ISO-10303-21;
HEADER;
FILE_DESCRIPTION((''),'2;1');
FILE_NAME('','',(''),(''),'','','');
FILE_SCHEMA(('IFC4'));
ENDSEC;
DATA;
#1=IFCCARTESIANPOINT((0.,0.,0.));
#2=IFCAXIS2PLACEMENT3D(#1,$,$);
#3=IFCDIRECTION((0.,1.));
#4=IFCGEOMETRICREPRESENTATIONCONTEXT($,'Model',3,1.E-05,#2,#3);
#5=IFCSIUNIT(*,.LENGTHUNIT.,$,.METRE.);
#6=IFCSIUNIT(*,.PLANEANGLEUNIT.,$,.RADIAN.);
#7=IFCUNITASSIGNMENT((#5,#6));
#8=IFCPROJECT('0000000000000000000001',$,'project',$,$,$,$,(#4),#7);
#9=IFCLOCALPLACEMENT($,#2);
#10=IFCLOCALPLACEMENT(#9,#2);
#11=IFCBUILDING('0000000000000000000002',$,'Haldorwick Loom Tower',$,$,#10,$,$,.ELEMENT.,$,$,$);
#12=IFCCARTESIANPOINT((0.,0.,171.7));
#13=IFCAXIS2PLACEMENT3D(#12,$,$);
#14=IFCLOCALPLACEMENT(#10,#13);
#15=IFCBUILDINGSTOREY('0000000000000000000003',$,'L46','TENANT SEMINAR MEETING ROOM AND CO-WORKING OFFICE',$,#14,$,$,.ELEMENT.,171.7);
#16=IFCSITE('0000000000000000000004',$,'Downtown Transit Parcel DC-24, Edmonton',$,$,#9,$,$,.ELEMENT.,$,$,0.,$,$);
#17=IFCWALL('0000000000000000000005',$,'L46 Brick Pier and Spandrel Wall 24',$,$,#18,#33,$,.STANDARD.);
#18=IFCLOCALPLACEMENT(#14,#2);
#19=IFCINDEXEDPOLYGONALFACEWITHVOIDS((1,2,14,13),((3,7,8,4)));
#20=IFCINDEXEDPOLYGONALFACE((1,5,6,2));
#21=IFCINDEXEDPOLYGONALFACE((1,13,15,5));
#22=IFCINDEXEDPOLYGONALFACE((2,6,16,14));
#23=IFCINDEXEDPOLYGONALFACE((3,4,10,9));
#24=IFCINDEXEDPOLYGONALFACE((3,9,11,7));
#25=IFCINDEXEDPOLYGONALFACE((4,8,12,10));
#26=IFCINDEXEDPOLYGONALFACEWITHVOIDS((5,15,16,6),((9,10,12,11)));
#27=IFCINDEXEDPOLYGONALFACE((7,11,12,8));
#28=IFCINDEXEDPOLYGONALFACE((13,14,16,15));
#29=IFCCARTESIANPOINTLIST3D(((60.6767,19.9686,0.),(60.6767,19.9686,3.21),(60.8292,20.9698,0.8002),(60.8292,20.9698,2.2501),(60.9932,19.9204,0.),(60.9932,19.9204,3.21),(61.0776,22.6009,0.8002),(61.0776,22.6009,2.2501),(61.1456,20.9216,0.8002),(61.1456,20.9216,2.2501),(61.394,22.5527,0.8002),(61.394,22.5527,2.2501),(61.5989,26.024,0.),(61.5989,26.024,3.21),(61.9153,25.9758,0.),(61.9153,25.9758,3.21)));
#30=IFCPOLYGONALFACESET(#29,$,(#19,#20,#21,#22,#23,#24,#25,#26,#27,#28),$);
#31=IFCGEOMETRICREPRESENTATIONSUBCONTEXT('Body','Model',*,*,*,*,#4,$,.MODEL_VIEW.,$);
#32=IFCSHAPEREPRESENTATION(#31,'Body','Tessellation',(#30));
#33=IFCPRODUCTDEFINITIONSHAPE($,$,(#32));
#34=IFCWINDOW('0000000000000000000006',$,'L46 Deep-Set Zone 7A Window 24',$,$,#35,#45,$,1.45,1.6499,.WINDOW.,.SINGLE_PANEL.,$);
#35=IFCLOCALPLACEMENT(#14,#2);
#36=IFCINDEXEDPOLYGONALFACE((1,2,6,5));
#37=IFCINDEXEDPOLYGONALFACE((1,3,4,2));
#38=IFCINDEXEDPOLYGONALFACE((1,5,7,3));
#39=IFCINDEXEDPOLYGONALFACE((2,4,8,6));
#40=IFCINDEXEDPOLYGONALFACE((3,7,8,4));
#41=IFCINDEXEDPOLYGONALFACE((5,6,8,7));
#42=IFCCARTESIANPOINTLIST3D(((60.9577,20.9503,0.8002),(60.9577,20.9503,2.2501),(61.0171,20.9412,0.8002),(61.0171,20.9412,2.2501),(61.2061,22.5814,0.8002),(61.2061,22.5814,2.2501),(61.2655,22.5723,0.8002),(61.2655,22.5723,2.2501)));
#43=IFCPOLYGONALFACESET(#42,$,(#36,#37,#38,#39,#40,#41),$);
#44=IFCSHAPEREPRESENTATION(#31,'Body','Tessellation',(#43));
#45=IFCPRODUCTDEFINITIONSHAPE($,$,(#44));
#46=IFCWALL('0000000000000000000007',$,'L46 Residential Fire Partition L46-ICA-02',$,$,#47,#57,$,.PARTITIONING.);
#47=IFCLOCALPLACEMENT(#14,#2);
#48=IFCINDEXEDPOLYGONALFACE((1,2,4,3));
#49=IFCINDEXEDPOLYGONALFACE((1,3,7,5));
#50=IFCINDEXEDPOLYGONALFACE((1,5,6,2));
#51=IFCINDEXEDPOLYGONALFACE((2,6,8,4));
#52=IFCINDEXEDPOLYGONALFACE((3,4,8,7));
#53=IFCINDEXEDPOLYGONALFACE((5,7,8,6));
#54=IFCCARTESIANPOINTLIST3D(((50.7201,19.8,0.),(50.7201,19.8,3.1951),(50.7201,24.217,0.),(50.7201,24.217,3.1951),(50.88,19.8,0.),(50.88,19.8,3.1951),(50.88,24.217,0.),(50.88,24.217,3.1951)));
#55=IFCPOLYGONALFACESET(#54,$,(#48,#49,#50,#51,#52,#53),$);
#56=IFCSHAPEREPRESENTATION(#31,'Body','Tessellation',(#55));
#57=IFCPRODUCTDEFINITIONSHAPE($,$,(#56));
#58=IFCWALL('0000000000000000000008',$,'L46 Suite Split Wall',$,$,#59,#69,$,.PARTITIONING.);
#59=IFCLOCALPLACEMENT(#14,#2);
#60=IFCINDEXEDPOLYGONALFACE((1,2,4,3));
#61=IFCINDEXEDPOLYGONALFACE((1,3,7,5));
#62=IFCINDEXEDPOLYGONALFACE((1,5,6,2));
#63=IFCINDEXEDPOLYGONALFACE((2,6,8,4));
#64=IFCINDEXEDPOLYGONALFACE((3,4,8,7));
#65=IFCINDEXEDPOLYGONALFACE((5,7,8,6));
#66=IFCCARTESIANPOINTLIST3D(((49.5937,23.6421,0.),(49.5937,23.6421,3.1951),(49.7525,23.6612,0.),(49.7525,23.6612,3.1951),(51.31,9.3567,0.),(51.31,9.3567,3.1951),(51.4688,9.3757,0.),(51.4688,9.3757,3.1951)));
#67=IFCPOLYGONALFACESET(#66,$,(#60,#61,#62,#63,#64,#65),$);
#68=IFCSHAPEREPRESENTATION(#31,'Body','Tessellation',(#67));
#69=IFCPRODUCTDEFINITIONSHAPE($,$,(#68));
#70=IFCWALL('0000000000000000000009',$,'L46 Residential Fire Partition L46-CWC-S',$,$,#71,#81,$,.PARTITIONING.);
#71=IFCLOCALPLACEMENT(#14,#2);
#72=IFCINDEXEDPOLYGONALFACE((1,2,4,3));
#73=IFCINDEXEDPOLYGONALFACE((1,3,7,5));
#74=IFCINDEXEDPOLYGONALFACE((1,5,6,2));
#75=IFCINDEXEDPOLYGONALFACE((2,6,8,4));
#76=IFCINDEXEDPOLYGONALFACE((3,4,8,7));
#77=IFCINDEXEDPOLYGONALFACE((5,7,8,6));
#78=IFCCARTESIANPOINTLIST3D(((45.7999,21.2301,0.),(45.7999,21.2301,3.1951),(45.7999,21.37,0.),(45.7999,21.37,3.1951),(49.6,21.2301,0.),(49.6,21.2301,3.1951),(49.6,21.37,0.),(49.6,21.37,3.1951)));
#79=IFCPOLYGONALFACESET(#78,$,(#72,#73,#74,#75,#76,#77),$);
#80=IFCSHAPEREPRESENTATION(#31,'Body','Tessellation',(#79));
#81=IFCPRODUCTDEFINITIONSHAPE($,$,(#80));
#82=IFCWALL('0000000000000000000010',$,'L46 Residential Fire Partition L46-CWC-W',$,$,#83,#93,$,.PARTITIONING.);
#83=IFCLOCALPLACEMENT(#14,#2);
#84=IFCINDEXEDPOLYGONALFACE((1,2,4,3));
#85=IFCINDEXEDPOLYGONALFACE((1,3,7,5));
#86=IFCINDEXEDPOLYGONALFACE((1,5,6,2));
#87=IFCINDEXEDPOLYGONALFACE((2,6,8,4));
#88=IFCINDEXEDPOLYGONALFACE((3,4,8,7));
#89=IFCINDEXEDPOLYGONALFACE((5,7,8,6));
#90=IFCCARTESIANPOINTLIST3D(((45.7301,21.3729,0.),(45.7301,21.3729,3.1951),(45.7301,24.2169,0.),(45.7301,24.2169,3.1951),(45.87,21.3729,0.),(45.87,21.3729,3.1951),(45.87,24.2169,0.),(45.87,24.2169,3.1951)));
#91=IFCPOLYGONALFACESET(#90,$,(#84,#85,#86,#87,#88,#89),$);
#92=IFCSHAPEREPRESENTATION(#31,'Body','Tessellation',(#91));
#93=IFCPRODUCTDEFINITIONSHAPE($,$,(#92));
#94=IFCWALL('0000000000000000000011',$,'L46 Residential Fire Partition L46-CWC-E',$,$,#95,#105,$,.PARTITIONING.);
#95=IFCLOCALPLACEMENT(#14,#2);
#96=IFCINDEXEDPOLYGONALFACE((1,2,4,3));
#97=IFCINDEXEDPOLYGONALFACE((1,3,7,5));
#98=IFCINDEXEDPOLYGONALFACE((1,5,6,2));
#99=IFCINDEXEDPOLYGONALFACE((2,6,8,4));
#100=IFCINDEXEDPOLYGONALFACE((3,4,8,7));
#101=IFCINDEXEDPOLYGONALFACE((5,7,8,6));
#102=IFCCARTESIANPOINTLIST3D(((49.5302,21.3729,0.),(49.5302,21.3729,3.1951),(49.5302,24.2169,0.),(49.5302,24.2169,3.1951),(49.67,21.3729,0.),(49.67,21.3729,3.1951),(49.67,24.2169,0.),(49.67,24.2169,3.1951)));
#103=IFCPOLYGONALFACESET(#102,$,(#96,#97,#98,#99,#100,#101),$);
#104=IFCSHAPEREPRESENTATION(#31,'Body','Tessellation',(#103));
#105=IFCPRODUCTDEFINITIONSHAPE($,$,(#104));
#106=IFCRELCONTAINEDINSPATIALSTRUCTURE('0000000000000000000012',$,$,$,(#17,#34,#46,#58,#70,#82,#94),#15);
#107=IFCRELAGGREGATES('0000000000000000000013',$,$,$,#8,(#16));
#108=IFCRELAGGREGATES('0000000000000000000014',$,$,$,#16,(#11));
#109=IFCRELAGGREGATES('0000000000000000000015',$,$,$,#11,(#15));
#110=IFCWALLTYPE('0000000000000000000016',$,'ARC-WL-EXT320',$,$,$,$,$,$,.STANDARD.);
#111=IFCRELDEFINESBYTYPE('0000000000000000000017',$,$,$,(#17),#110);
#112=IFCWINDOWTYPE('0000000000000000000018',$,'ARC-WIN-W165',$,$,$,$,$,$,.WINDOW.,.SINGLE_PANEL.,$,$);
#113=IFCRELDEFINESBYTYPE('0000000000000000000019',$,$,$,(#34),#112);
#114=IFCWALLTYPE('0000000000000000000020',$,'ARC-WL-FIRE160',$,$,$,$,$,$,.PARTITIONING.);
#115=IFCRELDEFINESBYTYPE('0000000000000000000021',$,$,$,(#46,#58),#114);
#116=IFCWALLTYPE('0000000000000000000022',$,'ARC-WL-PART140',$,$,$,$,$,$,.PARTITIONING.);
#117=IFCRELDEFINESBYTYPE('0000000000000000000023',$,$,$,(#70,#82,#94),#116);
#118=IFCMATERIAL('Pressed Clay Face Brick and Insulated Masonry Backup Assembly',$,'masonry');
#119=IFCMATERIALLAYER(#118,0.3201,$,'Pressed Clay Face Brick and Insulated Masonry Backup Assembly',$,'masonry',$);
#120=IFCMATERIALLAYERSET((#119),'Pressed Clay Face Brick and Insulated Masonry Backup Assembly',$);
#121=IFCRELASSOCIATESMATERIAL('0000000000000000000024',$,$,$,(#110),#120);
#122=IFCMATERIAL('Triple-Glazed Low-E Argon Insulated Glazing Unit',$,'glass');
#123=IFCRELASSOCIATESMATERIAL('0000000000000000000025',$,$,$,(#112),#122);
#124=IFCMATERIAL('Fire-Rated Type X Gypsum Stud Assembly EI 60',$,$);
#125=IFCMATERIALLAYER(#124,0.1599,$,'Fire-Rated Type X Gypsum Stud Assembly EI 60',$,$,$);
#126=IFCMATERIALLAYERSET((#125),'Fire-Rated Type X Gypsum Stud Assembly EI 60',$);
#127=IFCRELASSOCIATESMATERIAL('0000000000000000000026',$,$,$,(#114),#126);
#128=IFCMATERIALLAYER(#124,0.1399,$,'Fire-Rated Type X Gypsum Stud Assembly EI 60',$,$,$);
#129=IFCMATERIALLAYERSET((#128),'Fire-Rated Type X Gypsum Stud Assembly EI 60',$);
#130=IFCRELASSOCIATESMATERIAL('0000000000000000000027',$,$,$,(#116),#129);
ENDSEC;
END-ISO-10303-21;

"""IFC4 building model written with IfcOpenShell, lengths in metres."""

from ifc_helpers import new_model, si_unit, direction, frame, frame_2d, origin, place, context, subcontext, project, spatial, rectangle, extrude, material, layer, layer_set, type_object, element, fill, save


model = new_model("IFC4")

# Units and contexts
model_context = context("Model", 3, precision=1e-05, world=origin(), true_north=direction((0.0, 1.0)))
body_context = subcontext(model_context, "Body", "Model", "MODEL_VIEW")
ifc_project = project(units=[si_unit("LENGTHUNIT", "METRE"), si_unit("PLANEANGLEUNIT", "RADIAN")], contexts=[model_context])

# Site, building, storey
site_placement = place(None, origin())
site = spatial("IfcSite", under=ifc_project, at=site_placement, Name="Downtown Transit Parcel DC-24, Edmonton", CompositionType="ELEMENT", RefElevation=0.0)
building_placement = place(site_placement, origin())
building = spatial("IfcBuilding", under=site, at=building_placement, Name="Haldorwick Loom Tower", CompositionType="ELEMENT")
storey_placement = place(building_placement, frame((0.0, 0.0, 171.7)))
storey = spatial("IfcBuildingStorey", under=building, at=storey_placement, Name="L46", Description="TENANT SEMINAR MEETING ROOM AND CO-WORKING OFFICE", CompositionType="ELEMENT", Elevation=171.7)

# Shared definitions
ifc_material_1 = material(Name="Pressed Clay Face Brick and Insulated Masonry Backup Assembly", Category="masonry")
ifc_layer_1 = layer(ifc_material_1, 0.3201, Name="Pressed Clay Face Brick and Insulated Masonry Backup Assembly", Category="masonry")
ifc_layer_set_1 = layer_set([ifc_layer_1], Name="Pressed Clay Face Brick and Insulated Masonry Backup Assembly")
wall_type_1 = type_object("IfcWallType", Name="ARC-WL-EXT320", PredefinedType="STANDARD", material=ifc_layer_set_1)

# Wall, opening, window
wall_1_placement = place(storey_placement, frame((60.835, 19.9446, 0.0), z_axis=(0.0, 0.0, 1.0), x_axis=(0.150544, 0.988603, 0.0)))
wall_1 = element("IfcWall", 1, at=wall_1_placement, inside=storey, type_object=wall_type_1, Name="L46 Brick Pier and Spandrel Wall 24", PredefinedType="STANDARD", context=body_context, shape_type="SweptSolid", body=[
    extrude(rectangle(XDim=6.1252, YDim=0.3201, at=frame_2d((3.0625, 0.0))), origin(), (0.0, 0.0, 1.0), 3.21),
])
opening_1_placement = place(wall_1_placement, frame((1.0127, 0.0, 0.8)))
opening_1 = element("IfcOpeningElement", 2, at=opening_1_placement, cuts=wall_1, PredefinedType="OPENING", context=body_context, shape_type="SweptSolid", body=[
    extrude(rectangle(XDim=1.6499, YDim=1.45, at=frame_2d((0.825, 0.7251))), frame((0.0, 0.1699, 0.0), z_axis=(0.0, -1.0, 0.0), x_axis=(1.0, 0.0, 0.0)), (0.0, 0.0, 1.0), 0.3401),
])
ifc_material_2 = material(Name="Triple-Glazed Low-E Argon Insulated Glazing Unit", Category="glass")
window_type = type_object("IfcWindowType", Name="ARC-WIN-W165", PartitioningType="SINGLE_PANEL", PredefinedType="WINDOW", material=ifc_material_2)
window_placement = place(opening_1_placement, origin())
window = element("IfcWindow", 3, at=window_placement, inside=storey, type_object=window_type, Name="L46 Deep-Set Zone 7A Window 24", OverallHeight=1.45, OverallWidth=1.6499, PartitioningType="SINGLE_PANEL", PredefinedType="WINDOW", context=body_context, shape_type="SweptSolid", body=[
    extrude(rectangle(XDim=1.6499, YDim=1.45, at=frame_2d((0.825, 0.7251))), frame((0.0, 0.03, 0.0), z_axis=(0.0, -1.0, 0.0), x_axis=(1.0, 0.0, 0.0)), (0.0, 0.0, 1.0), 0.0601),
])
fill(opening_1, window)

# Walls
ifc_material_3 = material(Name="Fire-Rated Type X Gypsum Stud Assembly EI 60")
ifc_layer_2 = layer(ifc_material_3, 0.1599, Name="Fire-Rated Type X Gypsum Stud Assembly EI 60")
ifc_layer_set_2 = layer_set([ifc_layer_2], Name="Fire-Rated Type X Gypsum Stud Assembly EI 60")
wall_type_2 = type_object("IfcWallType", Name="ARC-WL-FIRE160", PredefinedType="PARTITIONING", material=ifc_layer_set_2)
wall_2_placement = place(storey_placement, frame((50.8, 24.217, 0.0), z_axis=(0.0, 0.0, 1.0), x_axis=(0.0, -1.0, 0.0)))
element("IfcWall", 4, at=wall_2_placement, inside=storey, type_object=wall_type_2, Name="L46 Residential Fire Partition L46-ICA-02", PredefinedType="PARTITIONING", context=body_context, shape_type="SweptSolid", body=[
    extrude(rectangle(XDim=4.417, YDim=0.1599, at=frame_2d((2.2085, 0.0))), origin(), (0.0, 0.0, 1.0), 3.1951),
])
wall_3_placement = place(storey_placement, frame((51.3894, 9.3662, 0.0), z_axis=(0.0, 0.0, 1.0), x_axis=(-0.119286, 0.99286, 0.0)))
element("IfcWall", 5, at=wall_3_placement, inside=storey, type_object=wall_type_2, Name="L46 Suite Split Wall", PredefinedType="PARTITIONING", context=body_context, shape_type="SweptSolid", body=[
    extrude(rectangle(XDim=14.3882, YDim=0.1599, at=frame_2d((7.1941, 0.0))), origin(), (0.0, 0.0, 1.0), 3.1951),
])
ifc_layer_3 = layer(ifc_material_3, 0.1399, Name="Fire-Rated Type X Gypsum Stud Assembly EI 60")
ifc_layer_set_3 = layer_set([ifc_layer_3], Name="Fire-Rated Type X Gypsum Stud Assembly EI 60")
wall_type_3 = type_object("IfcWallType", Name="ARC-WL-PART140", PredefinedType="PARTITIONING", material=ifc_layer_set_3)
wall_4_placement = place(storey_placement, frame((45.8, 21.3, 0.0), z_axis=(0.0, 0.0, 1.0), x_axis=(1.0, 0.0, 0.0)))
element("IfcWall", 6, at=wall_4_placement, inside=storey, type_object=wall_type_3, Name="L46 Residential Fire Partition L46-CWC-S", PredefinedType="PARTITIONING", context=body_context, shape_type="SweptSolid", body=[
    extrude(rectangle(XDim=3.8, YDim=0.1399, at=frame_2d((1.8999, 0.0))), origin(), (0.0, 0.0, 1.0), 3.1951),
])
for number, where, z_axis, x_axis, name in (
    (7, (45.8, 21.373, 0.0), (0.0, 0.0, 1.0), (0.0, 1.0, 0.0), "L46 Residential Fire Partition L46-CWC-W"),
    (8, (49.6001, 21.373, 0.0), (0.0, 0.0, 1.0), (0.0, 1.0, 0.0), "L46 Residential Fire Partition L46-CWC-E"),
):
    element("IfcWall", number, at=place(storey_placement, frame(where, z_axis=z_axis, x_axis=x_axis)), inside=storey, type_object=wall_type_3, Name=name, PredefinedType="PARTITIONING", context=body_context, shape_type="SweptSolid", body=[
        extrude(rectangle(XDim=2.844, YDim=0.1399, at=frame_2d((1.4219, 0.0))), origin(), (0.0, 0.0, 1.0), 3.1951),
    ])

save(model, "model.ifc")
